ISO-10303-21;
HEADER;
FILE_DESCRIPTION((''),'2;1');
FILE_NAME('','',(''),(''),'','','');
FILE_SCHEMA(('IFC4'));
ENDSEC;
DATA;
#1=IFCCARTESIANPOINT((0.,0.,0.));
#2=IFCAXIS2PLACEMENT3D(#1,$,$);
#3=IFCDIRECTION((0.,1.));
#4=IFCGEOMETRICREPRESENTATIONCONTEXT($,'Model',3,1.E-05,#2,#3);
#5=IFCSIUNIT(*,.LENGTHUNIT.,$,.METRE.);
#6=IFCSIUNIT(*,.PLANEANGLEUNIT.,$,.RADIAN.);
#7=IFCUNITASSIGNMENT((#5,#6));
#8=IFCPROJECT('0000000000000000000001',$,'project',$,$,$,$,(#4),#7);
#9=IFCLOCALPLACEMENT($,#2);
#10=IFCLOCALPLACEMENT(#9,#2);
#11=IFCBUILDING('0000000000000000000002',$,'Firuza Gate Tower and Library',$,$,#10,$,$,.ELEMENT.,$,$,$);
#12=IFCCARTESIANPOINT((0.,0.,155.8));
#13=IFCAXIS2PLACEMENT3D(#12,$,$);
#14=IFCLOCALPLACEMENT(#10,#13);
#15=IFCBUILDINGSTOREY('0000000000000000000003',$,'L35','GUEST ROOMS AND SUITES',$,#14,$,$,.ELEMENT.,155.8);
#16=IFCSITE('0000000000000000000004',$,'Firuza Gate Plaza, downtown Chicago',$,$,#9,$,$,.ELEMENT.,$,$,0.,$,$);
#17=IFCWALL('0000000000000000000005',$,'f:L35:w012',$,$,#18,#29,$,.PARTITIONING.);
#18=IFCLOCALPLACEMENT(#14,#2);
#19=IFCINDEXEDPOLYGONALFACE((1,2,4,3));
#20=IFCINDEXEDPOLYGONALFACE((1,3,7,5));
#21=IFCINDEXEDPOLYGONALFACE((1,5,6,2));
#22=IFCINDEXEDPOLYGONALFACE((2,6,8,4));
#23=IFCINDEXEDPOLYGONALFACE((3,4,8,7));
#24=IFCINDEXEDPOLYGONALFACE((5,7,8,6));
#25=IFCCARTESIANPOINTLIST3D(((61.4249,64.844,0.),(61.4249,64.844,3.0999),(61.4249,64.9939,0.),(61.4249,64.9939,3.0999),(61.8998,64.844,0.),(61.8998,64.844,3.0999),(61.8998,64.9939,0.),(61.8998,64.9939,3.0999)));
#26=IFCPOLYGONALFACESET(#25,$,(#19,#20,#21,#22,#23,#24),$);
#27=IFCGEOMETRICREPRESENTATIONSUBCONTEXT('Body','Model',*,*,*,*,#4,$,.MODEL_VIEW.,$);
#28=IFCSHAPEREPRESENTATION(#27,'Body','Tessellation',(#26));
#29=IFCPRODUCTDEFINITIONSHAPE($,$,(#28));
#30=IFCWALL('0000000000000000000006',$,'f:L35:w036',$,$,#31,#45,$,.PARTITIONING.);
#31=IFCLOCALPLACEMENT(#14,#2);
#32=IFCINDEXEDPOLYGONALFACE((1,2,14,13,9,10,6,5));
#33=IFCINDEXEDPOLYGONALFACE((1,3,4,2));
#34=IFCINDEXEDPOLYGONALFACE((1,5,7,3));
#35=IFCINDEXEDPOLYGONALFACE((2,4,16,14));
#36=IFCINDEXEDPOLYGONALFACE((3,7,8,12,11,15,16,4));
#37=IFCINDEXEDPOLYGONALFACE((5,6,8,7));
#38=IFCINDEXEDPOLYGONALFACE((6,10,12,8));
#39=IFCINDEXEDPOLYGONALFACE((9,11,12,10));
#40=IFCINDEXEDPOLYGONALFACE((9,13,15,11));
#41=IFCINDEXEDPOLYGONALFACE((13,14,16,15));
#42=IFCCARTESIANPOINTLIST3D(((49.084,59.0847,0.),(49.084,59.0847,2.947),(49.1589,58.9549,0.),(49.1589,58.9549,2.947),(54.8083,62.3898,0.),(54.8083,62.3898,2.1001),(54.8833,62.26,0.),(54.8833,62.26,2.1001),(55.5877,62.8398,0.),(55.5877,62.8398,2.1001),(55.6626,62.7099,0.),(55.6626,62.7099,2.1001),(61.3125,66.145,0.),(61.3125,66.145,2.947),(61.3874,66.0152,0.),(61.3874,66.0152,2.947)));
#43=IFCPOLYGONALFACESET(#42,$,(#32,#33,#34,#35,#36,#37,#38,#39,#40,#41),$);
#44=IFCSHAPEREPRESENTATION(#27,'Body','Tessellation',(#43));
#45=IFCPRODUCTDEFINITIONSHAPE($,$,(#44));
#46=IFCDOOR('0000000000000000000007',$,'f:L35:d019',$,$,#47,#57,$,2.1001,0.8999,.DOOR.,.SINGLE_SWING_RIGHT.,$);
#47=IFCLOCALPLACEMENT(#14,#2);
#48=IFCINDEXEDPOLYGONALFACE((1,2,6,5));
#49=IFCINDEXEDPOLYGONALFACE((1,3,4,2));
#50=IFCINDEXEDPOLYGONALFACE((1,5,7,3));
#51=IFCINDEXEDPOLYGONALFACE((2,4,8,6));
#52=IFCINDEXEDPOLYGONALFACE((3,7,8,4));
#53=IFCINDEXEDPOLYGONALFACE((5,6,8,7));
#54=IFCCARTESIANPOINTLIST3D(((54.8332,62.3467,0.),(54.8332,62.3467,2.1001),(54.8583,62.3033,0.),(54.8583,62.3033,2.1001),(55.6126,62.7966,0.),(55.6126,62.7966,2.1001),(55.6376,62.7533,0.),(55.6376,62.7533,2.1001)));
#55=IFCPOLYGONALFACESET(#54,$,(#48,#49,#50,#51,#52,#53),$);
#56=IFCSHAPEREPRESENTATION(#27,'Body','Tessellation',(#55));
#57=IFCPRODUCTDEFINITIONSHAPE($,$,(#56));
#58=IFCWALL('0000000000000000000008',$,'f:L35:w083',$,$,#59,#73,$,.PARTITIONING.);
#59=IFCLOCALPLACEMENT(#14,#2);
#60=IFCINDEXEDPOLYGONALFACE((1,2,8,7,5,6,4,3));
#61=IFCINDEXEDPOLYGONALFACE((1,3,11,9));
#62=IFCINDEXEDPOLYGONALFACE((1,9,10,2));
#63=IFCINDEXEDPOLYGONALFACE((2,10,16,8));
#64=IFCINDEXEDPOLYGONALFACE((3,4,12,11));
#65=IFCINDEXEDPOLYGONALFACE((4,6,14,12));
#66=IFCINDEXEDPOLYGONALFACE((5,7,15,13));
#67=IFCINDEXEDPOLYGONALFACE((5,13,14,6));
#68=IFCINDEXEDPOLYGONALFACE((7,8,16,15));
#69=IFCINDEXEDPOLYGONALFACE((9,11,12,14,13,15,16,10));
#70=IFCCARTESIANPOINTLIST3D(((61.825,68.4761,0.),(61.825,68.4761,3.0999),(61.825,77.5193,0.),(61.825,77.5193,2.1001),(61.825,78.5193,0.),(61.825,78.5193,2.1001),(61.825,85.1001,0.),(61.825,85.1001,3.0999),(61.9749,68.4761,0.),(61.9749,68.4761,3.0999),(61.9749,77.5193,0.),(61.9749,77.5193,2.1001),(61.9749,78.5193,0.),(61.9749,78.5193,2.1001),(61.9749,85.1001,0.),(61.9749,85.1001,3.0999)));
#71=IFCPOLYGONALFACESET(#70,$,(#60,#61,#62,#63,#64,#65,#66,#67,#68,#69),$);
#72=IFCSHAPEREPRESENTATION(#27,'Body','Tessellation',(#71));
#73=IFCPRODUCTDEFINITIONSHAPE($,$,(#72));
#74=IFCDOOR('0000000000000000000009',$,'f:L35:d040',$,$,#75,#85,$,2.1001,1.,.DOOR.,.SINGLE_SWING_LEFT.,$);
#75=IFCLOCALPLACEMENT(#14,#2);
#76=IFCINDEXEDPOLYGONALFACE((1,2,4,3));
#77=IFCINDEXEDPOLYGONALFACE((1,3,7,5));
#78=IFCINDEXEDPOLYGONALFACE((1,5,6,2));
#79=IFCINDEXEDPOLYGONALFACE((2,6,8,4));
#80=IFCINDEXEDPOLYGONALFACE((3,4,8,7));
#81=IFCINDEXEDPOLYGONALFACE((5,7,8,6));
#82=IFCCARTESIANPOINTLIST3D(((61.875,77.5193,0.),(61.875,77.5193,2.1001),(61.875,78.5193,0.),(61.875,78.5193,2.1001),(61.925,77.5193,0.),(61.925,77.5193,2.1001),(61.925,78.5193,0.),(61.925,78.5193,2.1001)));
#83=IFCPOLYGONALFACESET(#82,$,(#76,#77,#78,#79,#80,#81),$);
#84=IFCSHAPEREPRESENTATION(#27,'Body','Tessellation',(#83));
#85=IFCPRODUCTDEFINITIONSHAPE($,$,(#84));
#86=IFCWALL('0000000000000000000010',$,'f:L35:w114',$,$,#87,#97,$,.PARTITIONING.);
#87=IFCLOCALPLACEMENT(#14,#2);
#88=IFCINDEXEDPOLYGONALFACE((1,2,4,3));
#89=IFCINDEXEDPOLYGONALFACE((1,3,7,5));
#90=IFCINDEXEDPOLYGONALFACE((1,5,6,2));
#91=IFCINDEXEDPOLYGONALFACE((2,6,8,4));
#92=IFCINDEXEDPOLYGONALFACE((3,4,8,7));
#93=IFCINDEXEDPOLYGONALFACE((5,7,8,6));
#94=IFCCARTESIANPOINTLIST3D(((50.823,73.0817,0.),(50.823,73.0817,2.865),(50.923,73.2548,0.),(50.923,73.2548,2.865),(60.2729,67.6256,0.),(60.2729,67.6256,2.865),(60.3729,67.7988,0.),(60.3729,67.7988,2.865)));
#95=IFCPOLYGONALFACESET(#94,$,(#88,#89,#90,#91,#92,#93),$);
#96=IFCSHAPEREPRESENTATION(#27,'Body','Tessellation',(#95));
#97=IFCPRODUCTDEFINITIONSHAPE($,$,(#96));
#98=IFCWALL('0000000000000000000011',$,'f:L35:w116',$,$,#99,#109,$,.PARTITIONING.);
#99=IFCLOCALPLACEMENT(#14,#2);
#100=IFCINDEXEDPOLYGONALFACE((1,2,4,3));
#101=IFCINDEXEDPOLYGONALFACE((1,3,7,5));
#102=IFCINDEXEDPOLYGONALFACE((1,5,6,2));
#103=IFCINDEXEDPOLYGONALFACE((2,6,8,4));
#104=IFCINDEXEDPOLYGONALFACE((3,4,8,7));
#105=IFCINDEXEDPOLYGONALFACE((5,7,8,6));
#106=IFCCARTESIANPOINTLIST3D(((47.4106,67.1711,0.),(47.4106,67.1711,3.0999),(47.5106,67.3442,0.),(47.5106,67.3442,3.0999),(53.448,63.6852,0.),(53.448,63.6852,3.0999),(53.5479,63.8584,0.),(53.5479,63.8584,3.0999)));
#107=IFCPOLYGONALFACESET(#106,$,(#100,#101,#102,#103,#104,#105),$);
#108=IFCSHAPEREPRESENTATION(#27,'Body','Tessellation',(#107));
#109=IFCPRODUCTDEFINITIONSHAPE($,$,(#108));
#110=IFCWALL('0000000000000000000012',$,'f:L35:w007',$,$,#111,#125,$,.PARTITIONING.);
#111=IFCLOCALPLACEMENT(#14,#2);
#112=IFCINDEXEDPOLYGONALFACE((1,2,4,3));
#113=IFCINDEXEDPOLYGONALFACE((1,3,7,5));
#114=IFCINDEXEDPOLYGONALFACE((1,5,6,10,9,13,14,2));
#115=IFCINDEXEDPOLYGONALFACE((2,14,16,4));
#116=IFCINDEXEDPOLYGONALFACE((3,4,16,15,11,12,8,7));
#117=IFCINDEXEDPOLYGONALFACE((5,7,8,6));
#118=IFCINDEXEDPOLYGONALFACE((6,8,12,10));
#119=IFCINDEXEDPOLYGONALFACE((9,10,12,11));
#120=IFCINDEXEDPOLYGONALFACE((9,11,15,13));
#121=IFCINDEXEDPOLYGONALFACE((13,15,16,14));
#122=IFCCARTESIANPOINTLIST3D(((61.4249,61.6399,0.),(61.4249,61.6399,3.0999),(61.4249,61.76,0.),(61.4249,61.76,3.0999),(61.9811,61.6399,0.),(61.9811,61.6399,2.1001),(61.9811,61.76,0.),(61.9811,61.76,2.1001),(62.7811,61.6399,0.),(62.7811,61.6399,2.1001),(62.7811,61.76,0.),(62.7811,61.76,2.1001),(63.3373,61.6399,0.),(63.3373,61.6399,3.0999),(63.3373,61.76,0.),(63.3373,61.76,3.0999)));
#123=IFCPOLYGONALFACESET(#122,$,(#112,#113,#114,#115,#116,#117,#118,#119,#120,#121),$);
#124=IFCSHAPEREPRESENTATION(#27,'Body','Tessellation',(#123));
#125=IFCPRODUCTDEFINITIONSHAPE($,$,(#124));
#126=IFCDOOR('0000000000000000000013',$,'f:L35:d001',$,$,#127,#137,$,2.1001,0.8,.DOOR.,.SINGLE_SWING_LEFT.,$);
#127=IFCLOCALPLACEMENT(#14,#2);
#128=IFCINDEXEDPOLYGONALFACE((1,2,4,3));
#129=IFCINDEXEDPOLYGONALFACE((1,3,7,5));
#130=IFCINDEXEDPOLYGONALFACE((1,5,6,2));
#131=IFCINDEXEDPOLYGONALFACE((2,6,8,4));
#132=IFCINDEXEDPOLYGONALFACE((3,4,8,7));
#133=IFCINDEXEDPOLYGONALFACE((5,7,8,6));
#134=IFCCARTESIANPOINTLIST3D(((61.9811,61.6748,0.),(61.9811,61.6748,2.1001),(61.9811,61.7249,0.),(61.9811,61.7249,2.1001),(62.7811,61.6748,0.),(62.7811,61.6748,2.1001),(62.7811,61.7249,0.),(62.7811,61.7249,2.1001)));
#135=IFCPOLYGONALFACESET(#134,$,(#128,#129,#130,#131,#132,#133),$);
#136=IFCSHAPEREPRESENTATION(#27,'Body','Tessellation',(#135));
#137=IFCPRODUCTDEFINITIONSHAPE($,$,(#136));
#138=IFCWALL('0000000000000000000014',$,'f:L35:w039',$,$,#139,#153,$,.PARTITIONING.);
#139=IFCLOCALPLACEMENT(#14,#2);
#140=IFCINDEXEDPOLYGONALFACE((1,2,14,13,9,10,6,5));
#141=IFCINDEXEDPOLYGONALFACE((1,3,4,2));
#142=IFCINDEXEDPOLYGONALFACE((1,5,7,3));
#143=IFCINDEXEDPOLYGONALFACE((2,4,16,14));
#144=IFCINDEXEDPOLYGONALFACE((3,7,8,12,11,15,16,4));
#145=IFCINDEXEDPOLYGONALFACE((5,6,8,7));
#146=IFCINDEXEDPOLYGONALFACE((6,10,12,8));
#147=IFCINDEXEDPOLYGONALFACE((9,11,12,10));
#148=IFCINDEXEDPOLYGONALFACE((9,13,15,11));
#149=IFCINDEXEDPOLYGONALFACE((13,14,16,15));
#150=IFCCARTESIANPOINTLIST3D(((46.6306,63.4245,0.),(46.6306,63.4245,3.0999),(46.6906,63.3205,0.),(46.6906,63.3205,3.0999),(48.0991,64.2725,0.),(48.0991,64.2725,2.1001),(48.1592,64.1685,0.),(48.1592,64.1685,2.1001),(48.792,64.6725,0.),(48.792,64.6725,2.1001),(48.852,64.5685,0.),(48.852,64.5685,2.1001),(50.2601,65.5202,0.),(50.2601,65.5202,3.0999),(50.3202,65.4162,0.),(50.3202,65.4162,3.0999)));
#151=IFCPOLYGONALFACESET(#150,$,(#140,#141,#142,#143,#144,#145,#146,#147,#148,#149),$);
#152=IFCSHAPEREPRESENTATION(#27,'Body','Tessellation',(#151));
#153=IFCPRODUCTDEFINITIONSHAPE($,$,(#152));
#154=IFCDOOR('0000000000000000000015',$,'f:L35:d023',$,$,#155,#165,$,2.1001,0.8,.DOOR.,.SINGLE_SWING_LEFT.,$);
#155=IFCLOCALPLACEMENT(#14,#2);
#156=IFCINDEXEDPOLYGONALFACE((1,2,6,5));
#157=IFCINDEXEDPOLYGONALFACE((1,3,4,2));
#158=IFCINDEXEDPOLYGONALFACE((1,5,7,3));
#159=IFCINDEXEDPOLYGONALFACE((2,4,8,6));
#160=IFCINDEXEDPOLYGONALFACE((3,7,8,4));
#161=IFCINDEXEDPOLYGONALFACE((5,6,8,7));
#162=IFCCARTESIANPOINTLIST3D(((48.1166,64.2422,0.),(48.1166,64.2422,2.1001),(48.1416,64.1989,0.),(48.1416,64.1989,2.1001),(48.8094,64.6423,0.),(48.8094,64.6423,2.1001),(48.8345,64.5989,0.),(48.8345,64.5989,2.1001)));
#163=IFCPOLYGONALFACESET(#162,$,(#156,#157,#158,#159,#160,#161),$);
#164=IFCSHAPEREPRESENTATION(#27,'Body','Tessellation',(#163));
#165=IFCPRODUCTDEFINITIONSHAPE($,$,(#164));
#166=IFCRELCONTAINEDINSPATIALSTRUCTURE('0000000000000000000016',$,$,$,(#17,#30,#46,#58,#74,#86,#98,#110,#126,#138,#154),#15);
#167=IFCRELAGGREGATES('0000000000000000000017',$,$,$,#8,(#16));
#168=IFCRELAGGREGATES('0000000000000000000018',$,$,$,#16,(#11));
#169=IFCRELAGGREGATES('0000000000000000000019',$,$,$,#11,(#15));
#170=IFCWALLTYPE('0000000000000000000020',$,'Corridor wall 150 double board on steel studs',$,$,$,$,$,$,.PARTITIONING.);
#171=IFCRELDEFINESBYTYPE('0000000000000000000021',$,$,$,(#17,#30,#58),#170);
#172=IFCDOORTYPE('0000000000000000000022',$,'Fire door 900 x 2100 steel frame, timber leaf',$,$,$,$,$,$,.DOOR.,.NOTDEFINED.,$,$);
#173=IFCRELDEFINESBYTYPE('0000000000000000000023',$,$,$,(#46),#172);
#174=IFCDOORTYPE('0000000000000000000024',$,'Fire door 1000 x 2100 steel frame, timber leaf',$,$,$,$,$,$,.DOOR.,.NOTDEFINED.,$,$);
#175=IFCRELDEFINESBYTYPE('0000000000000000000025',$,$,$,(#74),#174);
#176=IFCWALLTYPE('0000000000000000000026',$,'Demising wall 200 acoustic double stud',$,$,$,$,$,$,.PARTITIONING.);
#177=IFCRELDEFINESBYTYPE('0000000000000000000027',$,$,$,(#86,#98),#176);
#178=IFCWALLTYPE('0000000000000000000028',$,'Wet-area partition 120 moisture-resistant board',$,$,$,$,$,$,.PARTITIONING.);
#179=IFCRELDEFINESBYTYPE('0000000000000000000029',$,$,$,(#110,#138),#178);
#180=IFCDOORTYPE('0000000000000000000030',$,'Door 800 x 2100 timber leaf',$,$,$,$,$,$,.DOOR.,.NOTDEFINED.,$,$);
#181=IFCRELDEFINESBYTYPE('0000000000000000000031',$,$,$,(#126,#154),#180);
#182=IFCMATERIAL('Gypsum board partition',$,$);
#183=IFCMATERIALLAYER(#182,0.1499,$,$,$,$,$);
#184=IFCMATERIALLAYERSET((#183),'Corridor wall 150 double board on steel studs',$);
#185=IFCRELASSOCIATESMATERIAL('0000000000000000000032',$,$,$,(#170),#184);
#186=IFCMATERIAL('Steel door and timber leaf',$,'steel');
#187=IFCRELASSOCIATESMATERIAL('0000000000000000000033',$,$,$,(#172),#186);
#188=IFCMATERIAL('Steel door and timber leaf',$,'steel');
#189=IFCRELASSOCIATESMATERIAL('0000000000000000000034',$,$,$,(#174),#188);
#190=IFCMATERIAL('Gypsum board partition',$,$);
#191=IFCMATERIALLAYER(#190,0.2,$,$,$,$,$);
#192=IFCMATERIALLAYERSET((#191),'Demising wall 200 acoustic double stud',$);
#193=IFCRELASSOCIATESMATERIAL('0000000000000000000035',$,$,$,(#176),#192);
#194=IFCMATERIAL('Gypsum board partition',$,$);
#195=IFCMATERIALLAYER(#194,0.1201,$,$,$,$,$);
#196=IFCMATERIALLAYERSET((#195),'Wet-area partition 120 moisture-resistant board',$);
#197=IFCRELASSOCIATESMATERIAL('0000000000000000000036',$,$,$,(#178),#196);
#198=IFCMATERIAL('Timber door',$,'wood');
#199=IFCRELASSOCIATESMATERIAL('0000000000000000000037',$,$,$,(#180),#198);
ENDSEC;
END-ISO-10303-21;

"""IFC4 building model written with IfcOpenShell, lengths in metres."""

from ifc_helpers import new_model, si_unit, direction, frame, frame_2d, origin, place, context, subcontext, project, spatial, rectangle, extrude, material, layer, layer_set, type_object, element, fill, save


model = new_model("IFC4")

# Units and contexts
model_context = context("Model", 3, precision=1e-05, world=origin(), true_north=direction((0.0, 1.0)))
body_context = subcontext(model_context, "Body", "Model", "MODEL_VIEW")
ifc_project = project(units=[si_unit("LENGTHUNIT", "METRE"), si_unit("PLANEANGLEUNIT", "RADIAN")], contexts=[model_context])

# Site, building, storey
site_placement = place(None, origin())
site = spatial("IfcSite", under=ifc_project, at=site_placement, Name="Firuza Gate Plaza, downtown Chicago", CompositionType="ELEMENT", RefElevation=0.0)
building_placement = place(site_placement, origin())
building = spatial("IfcBuilding", under=site, at=building_placement, Name="Firuza Gate Tower and Library", CompositionType="ELEMENT")
storey_placement = place(building_placement, frame((0.0, 0.0, 155.8)))
storey = spatial("IfcBuildingStorey", under=building, at=storey_placement, Name="L35", Description="GUEST ROOMS AND SUITES", CompositionType="ELEMENT", Elevation=155.8)

# Wall
ifc_material_1 = material(Name="Gypsum board partition")
ifc_layer_1 = layer(ifc_material_1, 0.1499)
ifc_layer_set_1 = layer_set([ifc_layer_1], Name="Corridor wall 150 double board on steel studs")
wall_type_1 = type_object("IfcWallType", Name="Corridor wall 150 double board on steel studs", PredefinedType="PARTITIONING", material=ifc_layer_set_1)
wall_1_placement = place(storey_placement, frame((61.425, 64.9189, 0.0), z_axis=(0.0, 0.0, 1.0), x_axis=(1.0, 0.0, 0.0)))
element("IfcWall", 1, at=wall_1_placement, inside=storey, type_object=wall_type_1, Name="f:L35:w012", PredefinedType="PARTITIONING", context=body_context, shape_type="SweptSolid", body=[
    extrude(rectangle(XDim=0.4749, YDim=0.1499, at=frame_2d((0.2373, 0.0))), origin(), (0.0, 0.0, 1.0), 3.0999),
])

# Walls, openings, doors
wall_2_placement = place(storey_placement, frame((61.3499, 66.0801, 0.0), z_axis=(0.0, 0.0, 1.0), x_axis=(-0.86602, -0.500009, 0.0)))
wall_2 = element("IfcWall", 2, at=wall_2_placement, inside=storey, type_object=wall_type_1, Name="f:L35:w036", PredefinedType="PARTITIONING", context=body_context, shape_type="SweptSolid", body=[
    extrude(rectangle(XDim=14.1204, YDim=0.1499, at=frame_2d((7.0601, 0.0))), origin(), (0.0, 0.0, 1.0), 2.947),
])
opening_1_placement = place(wall_2_placement, frame((6.6104, 0.0, 0.0)))
opening_1 = element("IfcOpeningElement", 3, at=opening_1_placement, cuts=wall_2, PredefinedType="OPENING", context=body_context, shape_type="SweptSolid", body=[
    extrude(rectangle(XDim=0.8999, YDim=2.1001, at=frame_2d((0.45, 1.05))), frame((0.0, 0.085, 0.0), z_axis=(0.0, -1.0, 0.0), x_axis=(1.0, 0.0, 0.0)), (0.0, 0.0, 1.0), 0.1699),
])
ifc_material_2 = material(Name="Steel door and timber leaf", Category="steel")
door_type_1 = type_object("IfcDoorType", Name="Fire door 900 x 2100 steel frame, timber leaf", OperationType="NOTDEFINED", PredefinedType="DOOR", material=ifc_material_2)
door_1_placement = place(opening_1_placement, origin())
door_1 = element("IfcDoor", 4, at=door_1_placement, inside=storey, type_object=door_type_1, Name="f:L35:d019", OperationType="SINGLE_SWING_RIGHT", OverallHeight=2.1001, OverallWidth=0.8999, PredefinedType="DOOR", context=body_context, shape_type="SweptSolid", body=[
    extrude(rectangle(XDim=0.8999, YDim=2.1001, at=frame_2d((0.45, 1.05))), frame((0.0, 0.0249, 0.0), z_axis=(0.0, -1.0, 0.0), x_axis=(1.0, 0.0, 0.0)), (0.0, 0.0, 1.0), 0.05),
])
fill(opening_1, door_1)
wall_3_placement = place(storey_placement, frame((61.8999, 68.4761, 0.0), z_axis=(0.0, 0.0, 1.0), x_axis=(0.0, 1.0, 0.0)))
wall_3 = element("IfcWall", 5, at=wall_3_placement, inside=storey, type_object=wall_type_1, Name="f:L35:w083", PredefinedType="PARTITIONING", context=body_context, shape_type="SweptSolid", body=[
    extrude(rectangle(XDim=16.624, YDim=0.1499, at=frame_2d((8.312, 0.0))), origin(), (0.0, 0.0, 1.0), 3.0999),
])
opening_2_placement = place(wall_3_placement, frame((9.0432, 0.0, 0.0)))
opening_2 = element("IfcOpeningElement", 6, at=opening_2_placement, cuts=wall_3, PredefinedType="OPENING", context=body_context, shape_type="SweptSolid", body=[
    extrude(rectangle(XDim=1.0, YDim=2.1001, at=frame_2d((0.5, 1.05))), frame((0.0, 0.085, 0.0), z_axis=(0.0, -1.0, 0.0), x_axis=(1.0, 0.0, 0.0)), (0.0, 0.0, 1.0), 0.1699),
])
ifc_material_3 = material(Name="Steel door and timber leaf", Category="steel")
door_type_2 = type_object("IfcDoorType", Name="Fire door 1000 x 2100 steel frame, timber leaf", OperationType="NOTDEFINED", PredefinedType="DOOR", material=ifc_material_3)
door_2_placement = place(opening_2_placement, origin())
door_2 = element("IfcDoor", 7, at=door_2_placement, inside=storey, type_object=door_type_2, Name="f:L35:d040", OperationType="SINGLE_SWING_LEFT", OverallHeight=2.1001, OverallWidth=1.0, PredefinedType="DOOR", context=body_context, shape_type="SweptSolid", body=[
    extrude(rectangle(XDim=1.0, YDim=2.1001, at=frame_2d((0.5, 1.05))), frame((0.0, 0.0249, 0.0), z_axis=(0.0, -1.0, 0.0), x_axis=(1.0, 0.0, 0.0)), (0.0, 0.0, 1.0), 0.05),
])
fill(opening_2, door_2)

# Walls
ifc_material_4 = material(Name="Gypsum board partition")
ifc_layer_2 = layer(ifc_material_4, 0.2)
ifc_layer_set_2 = layer_set([ifc_layer_2], Name="Demising wall 200 acoustic double stud")
wall_type_2 = type_object("IfcWallType", Name="Demising wall 200 acoustic double stud", PredefinedType="PARTITIONING", material=ifc_layer_set_2)
wall_4_placement = place(storey_placement, frame((60.323, 67.7122, 0.0), z_axis=(0.0, 0.0, 1.0), x_axis=(-0.866021, 0.500008, 0.0)))
element("IfcWall", 8, at=wall_4_placement, inside=storey, type_object=wall_type_2, Name="f:L35:w114", PredefinedType="PARTITIONING", context=body_context, shape_type="SweptSolid", body=[
    extrude(rectangle(XDim=10.9119, YDim=0.2, at=frame_2d((5.4561, 0.0))), origin(), (0.0, 0.0, 1.0), 2.865),
])
wall_5_placement = place(storey_placement, frame((53.498, 63.7717, 0.0), z_axis=(0.0, 0.0, 1.0), x_axis=(-0.866015, 0.500019, 0.0)))
element("IfcWall", 9, at=wall_5_placement, inside=storey, type_object=wall_type_2, Name="f:L35:w116", PredefinedType="PARTITIONING", context=body_context, shape_type="SweptSolid", body=[
    extrude(rectangle(XDim=6.9714, YDim=0.2, at=frame_2d((3.4858, 0.0))), origin(), (0.0, 0.0, 1.0), 3.0999),
])

# Walls, openings, doors
ifc_material_5 = material(Name="Gypsum board partition")
ifc_layer_3 = layer(ifc_material_5, 0.1201)
ifc_layer_set_3 = layer_set([ifc_layer_3], Name="Wet-area partition 120 moisture-resistant board")
wall_type_3 = type_object("IfcWallType", Name="Wet-area partition 120 moisture-resistant board", PredefinedType="PARTITIONING", material=ifc_layer_set_3)
wall_6_placement = place(storey_placement, frame((61.425, 61.7, 0.0), z_axis=(0.0, 0.0, 1.0), x_axis=(1.0, 0.0, 0.0)))
wall_6 = element("IfcWall", 10, at=wall_6_placement, inside=storey, type_object=wall_type_3, Name="f:L35:w007", PredefinedType="PARTITIONING", context=body_context, shape_type="SweptSolid", body=[
    extrude(rectangle(XDim=1.9124, YDim=0.1201, at=frame_2d((0.9561, 0.0))), origin(), (0.0, 0.0, 1.0), 3.0999),
])
opening_3_placement = place(wall_6_placement, frame((0.5562, 0.0, 0.0)))
opening_3 = element("IfcOpeningElement", 11, at=opening_3_placement, cuts=wall_6, PredefinedType="OPENING", context=body_context, shape_type="SweptSolid", body=[
    extrude(rectangle(XDim=0.8, YDim=2.1001, at=frame_2d((0.3999, 1.05))), frame((0.0, 0.0701, 0.0), z_axis=(0.0, -1.0, 0.0), x_axis=(1.0, 0.0, 0.0)), (0.0, 0.0, 1.0), 0.1401),
])
ifc_material_6 = material(Name="Timber door", Category="wood")
door_type_3 = type_object("IfcDoorType", Name="Door 800 x 2100 timber leaf", OperationType="NOTDEFINED", PredefinedType="DOOR", material=ifc_material_6)
door_3_placement = place(opening_3_placement, origin())
door_3 = element("IfcDoor", 12, at=door_3_placement, inside=storey, type_object=door_type_3, Name="f:L35:d001", OperationType="SINGLE_SWING_LEFT", OverallHeight=2.1001, OverallWidth=0.8, PredefinedType="DOOR", context=body_context, shape_type="SweptSolid", body=[
    extrude(rectangle(XDim=0.8, YDim=2.1001, at=frame_2d((0.3999, 1.05))), frame((0.0, 0.0249, 0.0), z_axis=(0.0, -1.0, 0.0), x_axis=(1.0, 0.0, 0.0)), (0.0, 0.0, 1.0), 0.05),
])
fill(opening_3, door_3)
wall_7_placement = place(storey_placement, frame((50.2903, 65.4683, 0.0), z_axis=(0.0, 0.0, 1.0), x_axis=(-0.866012, -0.500023, 0.0)))
wall_7 = element("IfcWall", 13, at=wall_7_placement, inside=storey, type_object=wall_type_3, Name="f:L35:w039", PredefinedType="PARTITIONING", context=body_context, shape_type="SweptSolid", body=[
    extrude(rectangle(XDim=4.1912, YDim=0.1201, at=frame_2d((2.0957, 0.0))), origin(), (0.0, 0.0, 1.0), 3.0999),
])
opening_4_placement = place(wall_7_placement, frame((1.6956, 0.0, 0.0)))
opening_4 = element("IfcOpeningElement", 14, at=opening_4_placement, cuts=wall_7, PredefinedType="OPENING", context=body_context, shape_type="SweptSolid", body=[
    extrude(rectangle(XDim=0.8, YDim=2.1001, at=frame_2d((0.3999, 1.05))), frame((0.0, 0.0701, 0.0), z_axis=(0.0, -1.0, 0.0), x_axis=(1.0, 0.0, 0.0)), (0.0, 0.0, 1.0), 0.1401),
])
door_4_placement = place(opening_4_placement, origin())
door_4 = element("IfcDoor", 15, at=door_4_placement, inside=storey, type_object=door_type_3, Name="f:L35:d023", OperationType="SINGLE_SWING_LEFT", OverallHeight=2.1001, OverallWidth=0.8, PredefinedType="DOOR", context=body_context, shape_type="SweptSolid", body=[
    extrude(rectangle(XDim=0.8, YDim=2.1001, at=frame_2d((0.3999, 1.05))), frame((0.0, 0.0249, 0.0), z_axis=(0.0, -1.0, 0.0), x_axis=(1.0, 0.0, 0.0)), (0.0, 0.0, 1.0), 0.05),
])
fill(opening_4, door_4)

save(model, "model.ifc")
